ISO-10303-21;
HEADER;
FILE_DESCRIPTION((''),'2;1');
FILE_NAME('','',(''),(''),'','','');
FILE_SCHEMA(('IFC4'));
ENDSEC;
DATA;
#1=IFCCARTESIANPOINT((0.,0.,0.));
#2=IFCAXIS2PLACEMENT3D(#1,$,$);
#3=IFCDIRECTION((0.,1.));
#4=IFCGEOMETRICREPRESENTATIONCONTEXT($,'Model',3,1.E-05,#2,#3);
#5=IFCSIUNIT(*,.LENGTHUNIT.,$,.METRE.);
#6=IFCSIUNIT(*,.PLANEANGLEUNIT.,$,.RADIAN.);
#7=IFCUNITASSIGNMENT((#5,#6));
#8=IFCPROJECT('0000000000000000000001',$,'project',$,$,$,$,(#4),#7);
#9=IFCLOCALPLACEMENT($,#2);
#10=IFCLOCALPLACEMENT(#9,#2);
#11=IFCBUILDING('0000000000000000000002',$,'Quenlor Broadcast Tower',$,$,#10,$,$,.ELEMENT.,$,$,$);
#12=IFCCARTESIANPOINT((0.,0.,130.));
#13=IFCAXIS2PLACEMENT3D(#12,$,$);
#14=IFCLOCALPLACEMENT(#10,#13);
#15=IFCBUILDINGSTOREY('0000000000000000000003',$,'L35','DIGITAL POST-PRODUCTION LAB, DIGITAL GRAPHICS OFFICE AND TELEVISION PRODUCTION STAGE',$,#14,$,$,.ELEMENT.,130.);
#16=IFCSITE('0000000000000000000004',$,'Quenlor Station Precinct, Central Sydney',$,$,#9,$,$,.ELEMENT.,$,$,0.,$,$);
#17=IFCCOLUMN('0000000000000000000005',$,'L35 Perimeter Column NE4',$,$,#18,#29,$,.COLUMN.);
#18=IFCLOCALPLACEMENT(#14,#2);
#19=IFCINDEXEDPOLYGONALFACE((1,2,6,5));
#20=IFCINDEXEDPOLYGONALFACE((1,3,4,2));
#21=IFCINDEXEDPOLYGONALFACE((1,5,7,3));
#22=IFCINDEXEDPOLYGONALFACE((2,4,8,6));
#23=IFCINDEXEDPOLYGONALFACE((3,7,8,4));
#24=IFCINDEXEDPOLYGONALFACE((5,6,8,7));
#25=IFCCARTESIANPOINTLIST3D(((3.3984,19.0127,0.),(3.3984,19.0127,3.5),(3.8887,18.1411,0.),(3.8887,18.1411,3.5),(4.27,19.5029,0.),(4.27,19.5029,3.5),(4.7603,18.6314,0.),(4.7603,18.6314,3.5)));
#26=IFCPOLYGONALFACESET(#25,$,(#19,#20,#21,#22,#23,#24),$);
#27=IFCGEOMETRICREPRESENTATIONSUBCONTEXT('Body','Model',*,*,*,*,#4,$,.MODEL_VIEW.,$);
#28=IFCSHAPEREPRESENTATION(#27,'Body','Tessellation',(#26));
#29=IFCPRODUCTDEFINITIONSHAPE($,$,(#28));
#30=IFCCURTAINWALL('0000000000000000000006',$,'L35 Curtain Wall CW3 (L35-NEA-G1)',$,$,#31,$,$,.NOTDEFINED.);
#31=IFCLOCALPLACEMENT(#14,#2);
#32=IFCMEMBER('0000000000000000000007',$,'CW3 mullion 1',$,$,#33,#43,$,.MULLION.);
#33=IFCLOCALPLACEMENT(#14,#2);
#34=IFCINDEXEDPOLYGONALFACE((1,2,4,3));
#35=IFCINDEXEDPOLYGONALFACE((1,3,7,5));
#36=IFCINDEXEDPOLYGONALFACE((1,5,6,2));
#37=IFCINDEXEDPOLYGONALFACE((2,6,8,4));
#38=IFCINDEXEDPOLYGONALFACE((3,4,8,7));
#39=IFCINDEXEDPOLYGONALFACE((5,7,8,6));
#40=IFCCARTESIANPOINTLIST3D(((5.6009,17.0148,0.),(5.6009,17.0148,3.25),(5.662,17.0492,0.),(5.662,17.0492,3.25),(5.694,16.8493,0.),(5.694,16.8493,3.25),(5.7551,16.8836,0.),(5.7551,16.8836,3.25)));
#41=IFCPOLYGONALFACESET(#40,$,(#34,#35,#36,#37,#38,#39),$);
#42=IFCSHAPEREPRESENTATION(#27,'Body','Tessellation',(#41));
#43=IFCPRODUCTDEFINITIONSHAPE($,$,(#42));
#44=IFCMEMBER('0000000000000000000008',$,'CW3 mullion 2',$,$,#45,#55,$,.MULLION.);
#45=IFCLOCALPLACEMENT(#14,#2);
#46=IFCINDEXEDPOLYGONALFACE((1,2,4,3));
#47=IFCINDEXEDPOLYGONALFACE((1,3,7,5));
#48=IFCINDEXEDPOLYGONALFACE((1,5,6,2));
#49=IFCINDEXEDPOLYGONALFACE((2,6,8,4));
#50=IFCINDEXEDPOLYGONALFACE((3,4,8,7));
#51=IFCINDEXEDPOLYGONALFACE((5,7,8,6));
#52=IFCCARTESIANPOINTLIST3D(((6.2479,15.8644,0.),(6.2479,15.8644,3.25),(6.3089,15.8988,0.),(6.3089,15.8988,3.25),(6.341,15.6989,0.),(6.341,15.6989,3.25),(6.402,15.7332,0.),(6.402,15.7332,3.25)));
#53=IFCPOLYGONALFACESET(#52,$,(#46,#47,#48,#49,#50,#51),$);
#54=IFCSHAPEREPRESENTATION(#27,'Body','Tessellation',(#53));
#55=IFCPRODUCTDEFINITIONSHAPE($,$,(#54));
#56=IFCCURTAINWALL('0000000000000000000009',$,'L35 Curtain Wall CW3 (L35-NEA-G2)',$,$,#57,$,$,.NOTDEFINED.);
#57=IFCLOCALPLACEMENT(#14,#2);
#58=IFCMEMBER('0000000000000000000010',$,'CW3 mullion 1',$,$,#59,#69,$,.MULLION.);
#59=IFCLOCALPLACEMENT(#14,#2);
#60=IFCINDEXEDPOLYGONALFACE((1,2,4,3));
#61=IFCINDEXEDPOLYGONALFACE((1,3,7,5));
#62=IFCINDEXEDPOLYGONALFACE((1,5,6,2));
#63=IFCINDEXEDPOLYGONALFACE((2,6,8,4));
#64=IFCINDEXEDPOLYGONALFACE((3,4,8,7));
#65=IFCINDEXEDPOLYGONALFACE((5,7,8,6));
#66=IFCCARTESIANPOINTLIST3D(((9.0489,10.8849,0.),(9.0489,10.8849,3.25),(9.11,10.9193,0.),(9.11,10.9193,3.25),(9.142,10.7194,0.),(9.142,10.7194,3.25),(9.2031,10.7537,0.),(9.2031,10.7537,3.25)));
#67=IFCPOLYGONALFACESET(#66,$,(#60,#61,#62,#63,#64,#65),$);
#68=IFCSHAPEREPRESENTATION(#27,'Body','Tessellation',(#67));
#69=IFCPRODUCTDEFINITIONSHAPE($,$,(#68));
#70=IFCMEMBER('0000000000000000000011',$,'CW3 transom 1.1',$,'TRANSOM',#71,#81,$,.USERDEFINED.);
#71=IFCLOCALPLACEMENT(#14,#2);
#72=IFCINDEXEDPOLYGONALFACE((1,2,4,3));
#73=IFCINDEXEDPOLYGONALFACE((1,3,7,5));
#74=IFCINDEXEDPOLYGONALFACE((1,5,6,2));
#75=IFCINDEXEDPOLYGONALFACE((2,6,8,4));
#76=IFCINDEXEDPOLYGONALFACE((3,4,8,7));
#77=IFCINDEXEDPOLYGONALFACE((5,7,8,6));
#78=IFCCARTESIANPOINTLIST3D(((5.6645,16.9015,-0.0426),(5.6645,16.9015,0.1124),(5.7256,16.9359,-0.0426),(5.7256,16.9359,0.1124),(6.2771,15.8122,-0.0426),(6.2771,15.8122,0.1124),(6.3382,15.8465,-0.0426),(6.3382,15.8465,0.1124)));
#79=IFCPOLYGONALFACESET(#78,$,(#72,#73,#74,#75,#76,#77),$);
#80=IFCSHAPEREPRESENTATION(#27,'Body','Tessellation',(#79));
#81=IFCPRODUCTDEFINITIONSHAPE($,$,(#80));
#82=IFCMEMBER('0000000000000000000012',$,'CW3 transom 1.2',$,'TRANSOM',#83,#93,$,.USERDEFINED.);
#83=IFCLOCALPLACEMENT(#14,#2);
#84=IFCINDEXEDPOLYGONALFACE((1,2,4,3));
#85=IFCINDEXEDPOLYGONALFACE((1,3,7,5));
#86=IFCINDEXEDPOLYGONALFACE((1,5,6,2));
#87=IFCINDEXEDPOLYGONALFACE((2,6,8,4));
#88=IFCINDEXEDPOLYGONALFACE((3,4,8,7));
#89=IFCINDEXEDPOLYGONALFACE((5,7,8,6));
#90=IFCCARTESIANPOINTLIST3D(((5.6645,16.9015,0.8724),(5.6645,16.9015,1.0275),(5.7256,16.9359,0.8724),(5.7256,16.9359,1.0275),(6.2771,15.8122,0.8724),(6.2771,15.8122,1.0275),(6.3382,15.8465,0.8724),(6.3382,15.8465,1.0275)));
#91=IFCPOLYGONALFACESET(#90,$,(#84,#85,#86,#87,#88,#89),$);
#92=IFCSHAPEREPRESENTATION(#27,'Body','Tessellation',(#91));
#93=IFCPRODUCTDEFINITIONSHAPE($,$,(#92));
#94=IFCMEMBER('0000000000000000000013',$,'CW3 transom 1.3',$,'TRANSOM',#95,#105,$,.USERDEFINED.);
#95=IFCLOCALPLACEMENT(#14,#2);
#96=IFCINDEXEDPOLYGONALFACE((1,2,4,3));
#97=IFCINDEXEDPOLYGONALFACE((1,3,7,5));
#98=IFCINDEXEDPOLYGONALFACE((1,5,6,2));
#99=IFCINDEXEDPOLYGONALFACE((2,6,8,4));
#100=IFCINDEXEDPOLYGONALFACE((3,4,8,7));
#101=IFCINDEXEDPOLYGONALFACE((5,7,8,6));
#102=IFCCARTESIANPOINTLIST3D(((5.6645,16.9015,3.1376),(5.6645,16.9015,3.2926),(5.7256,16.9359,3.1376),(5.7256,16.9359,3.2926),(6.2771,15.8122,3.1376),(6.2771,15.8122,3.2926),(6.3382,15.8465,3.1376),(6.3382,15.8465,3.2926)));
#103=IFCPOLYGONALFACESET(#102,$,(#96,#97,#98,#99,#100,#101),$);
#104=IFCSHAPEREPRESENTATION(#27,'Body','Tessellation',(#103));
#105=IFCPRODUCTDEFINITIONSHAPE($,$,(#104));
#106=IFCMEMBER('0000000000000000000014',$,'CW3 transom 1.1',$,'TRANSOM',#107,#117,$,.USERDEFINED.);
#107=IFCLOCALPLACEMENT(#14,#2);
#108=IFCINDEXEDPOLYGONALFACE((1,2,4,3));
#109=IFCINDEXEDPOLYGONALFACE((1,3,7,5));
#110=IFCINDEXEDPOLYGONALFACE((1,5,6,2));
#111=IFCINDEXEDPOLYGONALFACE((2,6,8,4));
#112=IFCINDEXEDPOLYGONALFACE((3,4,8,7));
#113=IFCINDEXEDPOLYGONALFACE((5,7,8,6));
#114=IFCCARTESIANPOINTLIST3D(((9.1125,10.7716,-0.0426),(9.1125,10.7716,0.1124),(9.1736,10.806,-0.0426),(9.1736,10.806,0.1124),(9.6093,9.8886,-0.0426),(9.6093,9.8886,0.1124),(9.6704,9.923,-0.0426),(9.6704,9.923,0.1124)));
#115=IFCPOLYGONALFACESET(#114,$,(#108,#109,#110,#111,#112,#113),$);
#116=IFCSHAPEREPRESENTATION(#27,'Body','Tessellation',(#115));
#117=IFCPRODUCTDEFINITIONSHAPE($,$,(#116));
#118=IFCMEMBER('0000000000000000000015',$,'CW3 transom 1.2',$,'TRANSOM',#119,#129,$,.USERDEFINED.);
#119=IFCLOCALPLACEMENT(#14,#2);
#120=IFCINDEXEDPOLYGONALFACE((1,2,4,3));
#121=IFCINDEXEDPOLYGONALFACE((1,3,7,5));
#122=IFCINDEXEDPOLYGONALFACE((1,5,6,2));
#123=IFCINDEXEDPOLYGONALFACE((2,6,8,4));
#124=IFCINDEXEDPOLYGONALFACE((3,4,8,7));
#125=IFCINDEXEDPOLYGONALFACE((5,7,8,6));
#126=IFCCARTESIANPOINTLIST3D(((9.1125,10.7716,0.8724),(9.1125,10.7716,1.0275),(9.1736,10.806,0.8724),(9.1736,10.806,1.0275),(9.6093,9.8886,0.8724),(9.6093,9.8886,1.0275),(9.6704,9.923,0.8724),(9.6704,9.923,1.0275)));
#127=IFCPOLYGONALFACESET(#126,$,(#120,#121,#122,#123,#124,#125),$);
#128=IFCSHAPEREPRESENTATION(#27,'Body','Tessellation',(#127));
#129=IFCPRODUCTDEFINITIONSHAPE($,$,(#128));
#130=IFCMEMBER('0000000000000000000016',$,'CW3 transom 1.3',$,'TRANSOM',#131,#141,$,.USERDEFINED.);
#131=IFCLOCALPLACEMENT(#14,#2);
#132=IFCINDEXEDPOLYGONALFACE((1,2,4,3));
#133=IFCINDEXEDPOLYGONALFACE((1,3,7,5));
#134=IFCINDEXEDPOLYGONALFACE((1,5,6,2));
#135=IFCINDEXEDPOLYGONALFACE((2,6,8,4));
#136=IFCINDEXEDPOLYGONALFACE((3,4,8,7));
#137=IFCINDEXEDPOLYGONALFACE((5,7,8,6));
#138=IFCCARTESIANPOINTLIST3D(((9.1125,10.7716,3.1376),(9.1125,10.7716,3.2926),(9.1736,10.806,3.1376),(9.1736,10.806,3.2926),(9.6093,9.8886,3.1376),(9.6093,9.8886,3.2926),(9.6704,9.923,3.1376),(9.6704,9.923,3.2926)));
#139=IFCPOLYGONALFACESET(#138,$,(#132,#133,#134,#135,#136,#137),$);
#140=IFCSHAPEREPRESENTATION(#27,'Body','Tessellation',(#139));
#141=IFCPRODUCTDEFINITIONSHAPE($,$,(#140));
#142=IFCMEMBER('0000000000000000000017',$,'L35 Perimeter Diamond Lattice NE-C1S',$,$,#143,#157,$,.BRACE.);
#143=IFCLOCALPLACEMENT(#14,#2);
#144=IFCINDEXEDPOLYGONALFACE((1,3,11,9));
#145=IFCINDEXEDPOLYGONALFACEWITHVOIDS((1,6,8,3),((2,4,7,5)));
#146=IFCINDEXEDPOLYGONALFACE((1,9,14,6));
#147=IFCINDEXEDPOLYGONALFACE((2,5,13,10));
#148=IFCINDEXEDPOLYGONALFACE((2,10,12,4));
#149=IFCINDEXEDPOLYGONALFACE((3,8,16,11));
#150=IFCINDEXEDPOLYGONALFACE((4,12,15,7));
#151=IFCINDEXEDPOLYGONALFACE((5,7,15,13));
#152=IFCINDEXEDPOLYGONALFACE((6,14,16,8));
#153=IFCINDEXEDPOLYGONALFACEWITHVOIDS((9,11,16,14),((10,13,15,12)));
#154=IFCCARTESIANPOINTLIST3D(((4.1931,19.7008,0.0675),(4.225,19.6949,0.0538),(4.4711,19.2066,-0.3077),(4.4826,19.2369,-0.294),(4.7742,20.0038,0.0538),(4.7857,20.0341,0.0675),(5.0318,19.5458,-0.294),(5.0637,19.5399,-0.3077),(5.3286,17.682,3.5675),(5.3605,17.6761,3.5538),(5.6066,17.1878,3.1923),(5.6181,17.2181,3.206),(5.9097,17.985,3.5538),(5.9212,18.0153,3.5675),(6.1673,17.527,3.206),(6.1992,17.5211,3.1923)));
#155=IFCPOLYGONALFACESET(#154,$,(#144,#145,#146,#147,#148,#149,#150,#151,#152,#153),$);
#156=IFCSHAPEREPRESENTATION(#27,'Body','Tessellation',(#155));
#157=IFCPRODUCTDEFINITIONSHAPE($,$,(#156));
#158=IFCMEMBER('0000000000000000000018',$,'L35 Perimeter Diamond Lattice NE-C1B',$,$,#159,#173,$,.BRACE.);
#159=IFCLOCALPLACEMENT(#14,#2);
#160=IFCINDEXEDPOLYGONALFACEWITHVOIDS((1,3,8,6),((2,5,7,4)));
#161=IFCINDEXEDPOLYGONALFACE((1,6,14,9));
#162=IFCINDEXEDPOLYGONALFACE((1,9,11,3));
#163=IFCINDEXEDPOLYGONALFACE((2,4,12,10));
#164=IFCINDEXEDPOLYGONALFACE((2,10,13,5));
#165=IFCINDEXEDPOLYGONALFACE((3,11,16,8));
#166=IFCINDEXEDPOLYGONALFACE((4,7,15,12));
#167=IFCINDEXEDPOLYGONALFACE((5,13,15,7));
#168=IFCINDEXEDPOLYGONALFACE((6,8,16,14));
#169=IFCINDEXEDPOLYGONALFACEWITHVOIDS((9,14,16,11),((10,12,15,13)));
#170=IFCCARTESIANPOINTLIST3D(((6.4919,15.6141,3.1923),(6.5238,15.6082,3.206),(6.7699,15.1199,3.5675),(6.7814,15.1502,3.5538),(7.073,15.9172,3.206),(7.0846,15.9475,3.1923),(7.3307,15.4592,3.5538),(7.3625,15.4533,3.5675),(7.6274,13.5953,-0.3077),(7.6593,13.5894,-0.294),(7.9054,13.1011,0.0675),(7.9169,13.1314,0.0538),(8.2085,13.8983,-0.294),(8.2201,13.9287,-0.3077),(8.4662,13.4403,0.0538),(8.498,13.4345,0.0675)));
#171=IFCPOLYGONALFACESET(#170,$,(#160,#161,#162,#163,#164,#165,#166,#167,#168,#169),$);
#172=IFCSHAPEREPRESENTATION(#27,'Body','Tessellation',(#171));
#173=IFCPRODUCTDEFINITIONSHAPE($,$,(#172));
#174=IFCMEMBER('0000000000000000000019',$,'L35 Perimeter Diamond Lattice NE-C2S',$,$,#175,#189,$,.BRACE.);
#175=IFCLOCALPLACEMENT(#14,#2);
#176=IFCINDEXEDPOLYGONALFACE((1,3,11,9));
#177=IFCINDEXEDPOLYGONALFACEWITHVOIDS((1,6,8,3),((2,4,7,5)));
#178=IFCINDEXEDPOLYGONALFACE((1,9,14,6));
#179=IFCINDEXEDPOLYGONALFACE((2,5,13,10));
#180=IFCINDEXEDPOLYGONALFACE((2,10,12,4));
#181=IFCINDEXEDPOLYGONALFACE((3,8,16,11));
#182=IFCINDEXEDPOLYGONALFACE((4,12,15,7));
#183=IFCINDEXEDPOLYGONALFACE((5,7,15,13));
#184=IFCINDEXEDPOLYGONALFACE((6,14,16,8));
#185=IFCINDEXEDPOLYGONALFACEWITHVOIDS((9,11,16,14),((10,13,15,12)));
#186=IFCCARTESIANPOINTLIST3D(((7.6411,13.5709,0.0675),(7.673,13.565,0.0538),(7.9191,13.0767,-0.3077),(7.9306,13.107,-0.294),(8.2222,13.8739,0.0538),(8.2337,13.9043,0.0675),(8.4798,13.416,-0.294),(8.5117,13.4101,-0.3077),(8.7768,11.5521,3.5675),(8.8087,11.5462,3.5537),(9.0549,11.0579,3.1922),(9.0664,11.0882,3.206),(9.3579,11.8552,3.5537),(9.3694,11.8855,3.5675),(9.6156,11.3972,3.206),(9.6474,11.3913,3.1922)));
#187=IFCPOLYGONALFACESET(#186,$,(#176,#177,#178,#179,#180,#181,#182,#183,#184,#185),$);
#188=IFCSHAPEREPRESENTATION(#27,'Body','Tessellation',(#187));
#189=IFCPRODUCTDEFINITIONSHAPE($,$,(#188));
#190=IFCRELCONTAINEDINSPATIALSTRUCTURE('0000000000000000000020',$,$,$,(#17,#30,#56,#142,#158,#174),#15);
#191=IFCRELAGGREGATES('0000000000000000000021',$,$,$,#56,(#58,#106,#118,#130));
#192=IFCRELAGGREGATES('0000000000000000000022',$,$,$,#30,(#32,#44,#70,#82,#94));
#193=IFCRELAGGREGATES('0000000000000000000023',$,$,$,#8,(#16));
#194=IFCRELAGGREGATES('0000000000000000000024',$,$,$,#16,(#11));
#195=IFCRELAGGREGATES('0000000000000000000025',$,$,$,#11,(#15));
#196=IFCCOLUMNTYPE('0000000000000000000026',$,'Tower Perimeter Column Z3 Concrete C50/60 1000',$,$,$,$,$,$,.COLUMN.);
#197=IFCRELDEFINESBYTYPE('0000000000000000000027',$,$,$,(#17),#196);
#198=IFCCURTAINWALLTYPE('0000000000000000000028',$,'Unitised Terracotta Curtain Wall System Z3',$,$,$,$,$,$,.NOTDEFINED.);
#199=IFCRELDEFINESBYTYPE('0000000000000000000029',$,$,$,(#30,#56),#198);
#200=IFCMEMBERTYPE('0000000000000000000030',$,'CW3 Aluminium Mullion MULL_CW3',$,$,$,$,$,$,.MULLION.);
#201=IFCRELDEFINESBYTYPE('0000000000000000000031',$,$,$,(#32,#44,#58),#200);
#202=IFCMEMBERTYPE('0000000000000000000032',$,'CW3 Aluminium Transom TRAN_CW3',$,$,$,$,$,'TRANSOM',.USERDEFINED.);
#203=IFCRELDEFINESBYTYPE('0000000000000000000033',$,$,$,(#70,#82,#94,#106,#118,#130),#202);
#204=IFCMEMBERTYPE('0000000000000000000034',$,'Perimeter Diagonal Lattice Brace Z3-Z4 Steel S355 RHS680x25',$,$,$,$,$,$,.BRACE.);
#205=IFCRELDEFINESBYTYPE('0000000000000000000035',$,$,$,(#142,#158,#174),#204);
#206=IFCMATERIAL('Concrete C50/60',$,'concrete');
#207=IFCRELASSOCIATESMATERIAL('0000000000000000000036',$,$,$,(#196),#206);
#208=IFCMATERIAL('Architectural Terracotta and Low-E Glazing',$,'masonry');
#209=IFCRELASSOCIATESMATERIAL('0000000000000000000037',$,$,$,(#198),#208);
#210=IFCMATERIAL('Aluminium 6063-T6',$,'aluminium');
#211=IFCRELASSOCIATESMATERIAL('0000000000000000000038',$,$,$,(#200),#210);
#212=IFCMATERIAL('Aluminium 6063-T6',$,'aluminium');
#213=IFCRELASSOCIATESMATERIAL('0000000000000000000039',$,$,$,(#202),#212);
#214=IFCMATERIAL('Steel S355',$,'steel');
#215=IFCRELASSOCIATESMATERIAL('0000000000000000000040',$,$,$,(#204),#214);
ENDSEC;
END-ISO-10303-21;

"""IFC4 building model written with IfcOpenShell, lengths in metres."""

from ifc_helpers import new_model, si_unit, direction, frame, origin, origin_2d, place, context, subcontext, project, spatial, rectangle, hollow_rectangle, extrude, material, material_profile, profile_set, type_object, element, aggregate, save


model = new_model("IFC4")

# Units and contexts
model_context = context("Model", 3, precision=1e-05, world=origin(), true_north=direction((0.0, 1.0)))
body_context = subcontext(model_context, "Body", "Model", "MODEL_VIEW")
ifc_project = project(units=[si_unit("LENGTHUNIT", "METRE"), si_unit("PLANEANGLEUNIT", "RADIAN")], contexts=[model_context])

# Site, building, storey
site_placement = place(None, origin())
site = spatial("IfcSite", under=ifc_project, at=site_placement, Name="Quenlor Station Precinct, Central Sydney", CompositionType="ELEMENT", RefElevation=0.0)
building_placement = place(site_placement, origin())
building = spatial("IfcBuilding", under=site, at=building_placement, Name="Quenlor Broadcast Tower", CompositionType="ELEMENT")
storey_placement = place(building_placement, frame((0.0, 0.0, 130.0)))
storey = spatial("IfcBuildingStorey", under=building, at=storey_placement, Name="L35", Description="DIGITAL POST-PRODUCTION LAB, DIGITAL GRAPHICS OFFICE AND TELEVISION PRODUCTION STAGE", CompositionType="ELEMENT", Elevation=130.0)

# Column
ifc_material_1 = material(Name="Concrete C50/60", Category="concrete")
ifc_material_profile_1 = material_profile(ifc_material_1, rectangle(XDim=1.0, YDim=1.0, at=origin_2d()))
ifc_profile_set_1 = profile_set([ifc_material_profile_1], Name="Concrete C50/60 RC1000x1000")
column_type = type_object("IfcColumnType", Name="Tower Perimeter Column Z3 Concrete C50/60 1000", PredefinedType="COLUMN", material=ifc_profile_set_1)
column_placement = place(storey_placement, frame((4.0793, 18.822, 0.0), z_axis=(0.0, 0.0, 1.0), x_axis=(0.871575, 0.490262, 0.0)))
element("IfcColumn", 1, at=column_placement, inside=storey, type_object=column_type, Name="L35 Perimeter Column NE4", PredefinedType="COLUMN", context=body_context, shape_type="SweptSolid", body=[
    extrude(rectangle(XDim=1.0, YDim=1.0, at=origin_2d()), origin(), (0.0, 0.0, 1.0), 3.5),
])

# Curtain wall, members
ifc_material_2 = material(Name="Architectural Terracotta and Low-E Glazing", Category="masonry")
curtain_wall_type = type_object("IfcCurtainWallType", Name="Unitised Terracotta Curtain Wall System Z3", PredefinedType="NOTDEFINED", material=ifc_material_2)
curtain_wall_1_placement = place(storey_placement, origin())
curtain_wall_1 = element("IfcCurtainWall", 2, at=curtain_wall_1_placement, inside=storey, type_object=curtain_wall_type, Name="L35 Curtain Wall CW3 (L35-NEA-G1)", PredefinedType="NOTDEFINED")
ifc_material_3 = material(Name="Aluminium 6063-T6", Category="aluminium")
ifc_material_profile_2 = material_profile(ifc_material_3, rectangle(XDim=0.0701, YDim=0.1899, at=origin_2d()))
ifc_profile_set_2 = profile_set([ifc_material_profile_2], Name="Aluminium 6063-T6 MULL70x190")
member_type_1 = type_object("IfcMemberType", Name="CW3 Aluminium Mullion MULL_CW3", PredefinedType="MULLION", material=ifc_profile_set_2)
member_1_placement = place(storey_placement, frame((5.678, 16.9492, 0.0), z_axis=(0.0, 0.0, 1.0), x_axis=(0.871593, 0.49023, 0.0)))
member_1 = element("IfcMember", 3, at=member_1_placement, type_object=member_type_1, Name="CW3 mullion 1", PredefinedType="MULLION", context=body_context, shape_type="SweptSolid", body=[
    extrude(rectangle(XDim=0.0701, YDim=0.1899, at=origin_2d()), origin(), (0.0, 0.0, 1.0), 3.25),
])
member_2_placement = place(storey_placement, frame((6.325, 15.7988, 0.0), z_axis=(0.0, 0.0, 1.0), x_axis=(0.871593, 0.49023, 0.0)))
member_2 = element("IfcMember", 4, at=member_2_placement, type_object=member_type_1, Name="CW3 mullion 2", PredefinedType="MULLION", context=body_context, shape_type="SweptSolid", body=[
    extrude(rectangle(XDim=0.0701, YDim=0.1899, at=origin_2d()), origin(), (0.0, 0.0, 1.0), 3.25),
])

# Curtain wall, member
curtain_wall_2_placement = place(storey_placement, origin())
curtain_wall_2 = element("IfcCurtainWall", 5, at=curtain_wall_2_placement, inside=storey, type_object=curtain_wall_type, Name="L35 Curtain Wall CW3 (L35-NEA-G2)", PredefinedType="NOTDEFINED")
member_3_placement = place(storey_placement, frame((9.126, 10.8193, 0.0), z_axis=(0.0, 0.0, 1.0), x_axis=(0.871601, 0.490216, 0.0)))
member_3 = element("IfcMember", 6, at=member_3_placement, type_object=member_type_1, Name="CW3 mullion 1", PredefinedType="MULLION", context=body_context, shape_type="SweptSolid", body=[
    extrude(rectangle(XDim=0.0701, YDim=0.1899, at=origin_2d()), origin(), (0.0, 0.0, 1.0), 3.25),
])

# Members
ifc_material_4 = material(Name="Aluminium 6063-T6", Category="aluminium")
ifc_material_profile_3 = material_profile(ifc_material_4, rectangle(XDim=0.0701, YDim=0.155, at=origin_2d()))
ifc_profile_set_3 = profile_set([ifc_material_profile_3], Name="Aluminium 6063-T6 TRAN70x155")
member_type_2 = type_object("IfcMemberType", Name="CW3 Aluminium Transom TRAN_CW3", ElementType="TRANSOM", PredefinedType="USERDEFINED", material=ifc_profile_set_3)
member_4_placement = place(storey_placement, frame((5.6951, 16.9187, 0.0349), z_axis=(0.490131, -0.871649, 0.0), x_axis=(0.871649, 0.490131, 0.0)))
member_4 = element("IfcMember", 7, at=member_4_placement, type_object=member_type_2, Name="CW3 transom 1.1", ObjectType="TRANSOM", PredefinedType="USERDEFINED", context=body_context, shape_type="SweptSolid", body=[
    extrude(rectangle(XDim=0.0701, YDim=0.155, at=origin_2d()), origin(), (0.0, 0.0, 1.0), 1.2498),
])
member_5_placement = place(storey_placement, frame((5.6951, 16.9187, 0.95), z_axis=(0.490131, -0.871649, 0.0), x_axis=(0.871649, 0.490131, 0.0)))
member_5 = element("IfcMember", 8, at=member_5_placement, type_object=member_type_2, Name="CW3 transom 1.2", ObjectType="TRANSOM", PredefinedType="USERDEFINED", context=body_context, shape_type="SweptSolid", body=[
    extrude(rectangle(XDim=0.0701, YDim=0.155, at=origin_2d()), origin(), (0.0, 0.0, 1.0), 1.2498),
])
member_6_placement = place(storey_placement, frame((5.6951, 16.9187, 3.2151), z_axis=(0.490131, -0.871649, 0.0), x_axis=(0.871649, 0.490131, 0.0)))
member_6 = element("IfcMember", 9, at=member_6_placement, type_object=member_type_2, Name="CW3 transom 1.3", ObjectType="TRANSOM", PredefinedType="USERDEFINED", context=body_context, shape_type="SweptSolid", body=[
    extrude(rectangle(XDim=0.0701, YDim=0.155, at=origin_2d()), origin(), (0.0, 0.0, 1.0), 1.2498),
])
member_7_placement = place(storey_placement, frame((9.1431, 10.7888, 0.0349), z_axis=(0.490341, -0.87153, 0.0), x_axis=(0.87153, 0.490341, 0.0)))
member_7 = element("IfcMember", 10, at=member_7_placement, type_object=member_type_2, Name="CW3 transom 1.1", ObjectType="TRANSOM", PredefinedType="USERDEFINED", context=body_context, shape_type="SweptSolid", body=[
    extrude(rectangle(XDim=0.0701, YDim=0.155, at=origin_2d()), origin(), (0.0, 0.0, 1.0), 1.0132),
])
member_8_placement = place(storey_placement, frame((9.1431, 10.7888, 0.95), z_axis=(0.490341, -0.87153, 0.0), x_axis=(0.87153, 0.490341, 0.0)))
member_8 = element("IfcMember", 11, at=member_8_placement, type_object=member_type_2, Name="CW3 transom 1.2", ObjectType="TRANSOM", PredefinedType="USERDEFINED", context=body_context, shape_type="SweptSolid", body=[
    extrude(rectangle(XDim=0.0701, YDim=0.155, at=origin_2d()), origin(), (0.0, 0.0, 1.0), 1.0132),
])
member_9_placement = place(storey_placement, frame((9.1431, 10.7888, 3.2151), z_axis=(0.490341, -0.87153, 0.0), x_axis=(0.87153, 0.490341, 0.0)))
member_9 = element("IfcMember", 12, at=member_9_placement, type_object=member_type_2, Name="CW3 transom 1.3", ObjectType="TRANSOM", PredefinedType="USERDEFINED", context=body_context, shape_type="SweptSolid", body=[
    extrude(rectangle(XDim=0.0701, YDim=0.155, at=origin_2d()), origin(), (0.0, 0.0, 1.0), 1.0132),
])
aggregate(curtain_wall_2, [member_3, member_7, member_8, member_9])

# Members
ifc_material_5 = material(Name="Steel S355", Category="steel")
ifc_material_profile_4 = material_profile(ifc_material_5, hollow_rectangle(XDim=0.6799, YDim=0.6799, WallThickness=0.0249, at=origin_2d()))
ifc_profile_set_4 = profile_set([ifc_material_profile_4], Name="Steel S355 RHS680x680x25")
member_type_3 = type_object("IfcMemberType", Name="Perimeter Diagonal Lattice Brace Z3-Z4 Steel S355 RHS680x25", PredefinedType="BRACE", material=ifc_profile_set_4)
for number, where, z_axis, x_axis, name in (
    (13, (4.6284, 19.6204, -0.1201), (0.270549, -0.481009, 0.833927), (0.87159, 0.490236, 0.0), "L35 Perimeter Diamond Lattice NE-C1S"),
    (14, (8.0627, 13.5149, -0.1201), (-0.270549, 0.481009, 0.833927), (-0.87159, -0.490236, 0.0), "L35 Perimeter Diamond Lattice NE-C1B"),
    (15, (8.0764, 13.4905, -0.1201), (0.270603, -0.481001, 0.833914), (0.871545, 0.490316, 0.0), "L35 Perimeter Diamond Lattice NE-C2S"),
):
    element("IfcMember", number, at=place(storey_placement, frame(where, z_axis=z_axis, x_axis=x_axis)), inside=storey, type_object=member_type_3, Name=name, PredefinedType="BRACE", context=body_context, shape_type="SweptSolid", body=[
        extrude(hollow_rectangle(XDim=0.6799, YDim=0.6799, WallThickness=0.0249, at=origin_2d()), origin(), (0.0, 0.0, 1.0), 4.197),
    ])

aggregate(curtain_wall_1, [member_1, member_2, member_4, member_5, member_6])

save(model, "model.ifc")
